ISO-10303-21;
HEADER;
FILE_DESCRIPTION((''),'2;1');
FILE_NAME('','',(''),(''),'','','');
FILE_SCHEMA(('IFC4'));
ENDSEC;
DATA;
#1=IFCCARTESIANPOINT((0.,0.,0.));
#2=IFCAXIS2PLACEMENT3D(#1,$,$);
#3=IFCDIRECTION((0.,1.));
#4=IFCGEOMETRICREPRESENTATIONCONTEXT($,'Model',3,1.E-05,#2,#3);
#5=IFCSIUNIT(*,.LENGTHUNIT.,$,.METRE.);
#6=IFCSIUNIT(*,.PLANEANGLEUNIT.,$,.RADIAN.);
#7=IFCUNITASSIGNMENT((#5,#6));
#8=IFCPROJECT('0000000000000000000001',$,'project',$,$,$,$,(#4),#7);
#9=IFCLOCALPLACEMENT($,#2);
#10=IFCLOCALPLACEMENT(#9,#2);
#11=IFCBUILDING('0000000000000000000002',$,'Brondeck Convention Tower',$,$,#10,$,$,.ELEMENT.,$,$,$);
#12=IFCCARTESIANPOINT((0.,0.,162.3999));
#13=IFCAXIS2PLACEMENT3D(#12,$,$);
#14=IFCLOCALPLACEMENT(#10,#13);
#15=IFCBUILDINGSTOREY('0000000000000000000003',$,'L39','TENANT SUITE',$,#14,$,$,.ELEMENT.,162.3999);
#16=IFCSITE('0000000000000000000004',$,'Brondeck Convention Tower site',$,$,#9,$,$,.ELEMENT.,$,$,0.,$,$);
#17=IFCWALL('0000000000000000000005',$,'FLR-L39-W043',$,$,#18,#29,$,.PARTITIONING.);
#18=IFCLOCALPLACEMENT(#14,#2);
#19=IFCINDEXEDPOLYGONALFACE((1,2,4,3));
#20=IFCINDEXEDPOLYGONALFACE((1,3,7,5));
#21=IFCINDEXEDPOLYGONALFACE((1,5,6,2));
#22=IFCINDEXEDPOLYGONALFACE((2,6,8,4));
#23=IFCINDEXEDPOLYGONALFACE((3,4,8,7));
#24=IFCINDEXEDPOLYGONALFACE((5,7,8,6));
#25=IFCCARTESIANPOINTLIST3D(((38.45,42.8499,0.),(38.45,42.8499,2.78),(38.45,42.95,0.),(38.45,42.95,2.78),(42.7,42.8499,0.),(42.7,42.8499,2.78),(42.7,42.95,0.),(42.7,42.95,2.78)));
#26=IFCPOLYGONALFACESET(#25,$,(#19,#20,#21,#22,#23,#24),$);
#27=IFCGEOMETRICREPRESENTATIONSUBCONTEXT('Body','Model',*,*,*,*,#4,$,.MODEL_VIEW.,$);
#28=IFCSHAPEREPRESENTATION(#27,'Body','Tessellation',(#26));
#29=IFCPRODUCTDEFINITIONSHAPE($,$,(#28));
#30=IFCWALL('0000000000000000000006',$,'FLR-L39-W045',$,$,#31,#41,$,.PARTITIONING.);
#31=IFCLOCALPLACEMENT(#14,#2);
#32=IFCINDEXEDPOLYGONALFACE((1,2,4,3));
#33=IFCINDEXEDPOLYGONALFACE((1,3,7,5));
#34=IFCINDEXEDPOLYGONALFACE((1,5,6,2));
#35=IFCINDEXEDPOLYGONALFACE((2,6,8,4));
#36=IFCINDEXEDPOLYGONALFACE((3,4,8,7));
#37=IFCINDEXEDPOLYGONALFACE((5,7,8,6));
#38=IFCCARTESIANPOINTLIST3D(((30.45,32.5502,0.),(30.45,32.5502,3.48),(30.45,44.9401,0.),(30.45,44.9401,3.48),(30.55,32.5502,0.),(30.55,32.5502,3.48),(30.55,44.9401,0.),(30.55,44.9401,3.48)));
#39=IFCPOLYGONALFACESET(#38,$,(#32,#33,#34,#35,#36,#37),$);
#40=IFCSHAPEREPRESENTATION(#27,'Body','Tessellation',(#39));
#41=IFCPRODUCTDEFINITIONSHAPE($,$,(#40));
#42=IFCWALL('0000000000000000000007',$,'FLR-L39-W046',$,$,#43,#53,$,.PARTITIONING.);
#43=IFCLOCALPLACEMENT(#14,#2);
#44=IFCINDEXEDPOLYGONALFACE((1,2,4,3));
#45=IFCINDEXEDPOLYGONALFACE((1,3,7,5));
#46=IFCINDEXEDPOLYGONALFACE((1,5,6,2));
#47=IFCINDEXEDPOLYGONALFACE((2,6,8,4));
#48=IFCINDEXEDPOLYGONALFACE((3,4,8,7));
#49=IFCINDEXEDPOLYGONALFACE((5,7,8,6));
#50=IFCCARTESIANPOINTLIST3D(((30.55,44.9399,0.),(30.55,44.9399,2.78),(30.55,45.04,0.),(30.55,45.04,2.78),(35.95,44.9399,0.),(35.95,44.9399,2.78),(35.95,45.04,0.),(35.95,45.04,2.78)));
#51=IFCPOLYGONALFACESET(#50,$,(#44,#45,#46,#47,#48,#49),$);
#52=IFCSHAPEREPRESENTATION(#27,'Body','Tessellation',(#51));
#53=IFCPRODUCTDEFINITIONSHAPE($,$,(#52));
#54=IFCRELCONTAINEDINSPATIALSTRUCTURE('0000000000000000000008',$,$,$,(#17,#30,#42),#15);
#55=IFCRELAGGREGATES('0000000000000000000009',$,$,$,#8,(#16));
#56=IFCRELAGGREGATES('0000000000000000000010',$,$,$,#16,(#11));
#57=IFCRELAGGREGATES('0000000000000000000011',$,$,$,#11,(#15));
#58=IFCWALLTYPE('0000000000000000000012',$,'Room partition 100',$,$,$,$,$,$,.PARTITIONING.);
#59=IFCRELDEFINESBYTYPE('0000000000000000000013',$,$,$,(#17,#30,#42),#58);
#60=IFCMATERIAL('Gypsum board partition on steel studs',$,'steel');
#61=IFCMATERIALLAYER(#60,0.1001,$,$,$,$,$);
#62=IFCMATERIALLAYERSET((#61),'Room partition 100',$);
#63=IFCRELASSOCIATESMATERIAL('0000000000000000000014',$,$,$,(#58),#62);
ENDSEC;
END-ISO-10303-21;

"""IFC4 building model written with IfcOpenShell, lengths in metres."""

from ifc_helpers import new_model, si_unit, direction, frame, frame_2d, origin, place, context, subcontext, project, spatial, rectangle, extrude, material, layer, layer_set, type_object, element, save


model = new_model("IFC4")

# Units and contexts
model_context = context("Model", 3, precision=1e-05, world=origin(), true_north=direction((0.0, 1.0)))
body_context = subcontext(model_context, "Body", "Model", "MODEL_VIEW")
ifc_project = project(units=[si_unit("LENGTHUNIT", "METRE"), si_unit("PLANEANGLEUNIT", "RADIAN")], contexts=[model_context])

# Site, building, storey
site_placement = place(None, origin())
site = spatial("IfcSite", under=ifc_project, at=site_placement, Name="Brondeck Convention Tower site", CompositionType="ELEMENT", RefElevation=0.0)
building_placement = place(site_placement, origin())
building = spatial("IfcBuilding", under=site, at=building_placement, Name="Brondeck Convention Tower", CompositionType="ELEMENT")
storey_placement = place(building_placement, frame((0.0, 0.0, 162.3999)))
storey = spatial("IfcBuildingStorey", under=building, at=storey_placement, Name="L39", Description="TENANT SUITE", CompositionType="ELEMENT", Elevation=162.3999)

# Shared definitions
ifc_material_1 = material(Name="Gypsum board partition on steel studs", Category="steel")
ifc_layer_1 = layer(ifc_material_1, 0.1001)
ifc_layer_set_1 = layer_set([ifc_layer_1], Name="Room partition 100")
wall_type_1 = type_object("IfcWallType", Name="Room partition 100", PredefinedType="PARTITIONING", material=ifc_layer_set_1)

# Walls
wall_1_placement = place(storey_placement, frame((38.45, 42.8999, 0.0), z_axis=(0.0, 0.0, 1.0), x_axis=(1.0, 0.0, 0.0)))
element("IfcWall", 1, at=wall_1_placement, inside=storey, type_object=wall_type_1, Name="FLR-L39-W043", PredefinedType="PARTITIONING", context=body_context, shape_type="SweptSolid", body=[
    extrude(rectangle(XDim=4.25, YDim=0.1001, at=frame_2d((2.125, 0.0))), origin(), (0.0, 0.0, 1.0), 2.78),
])
wall_2_placement = place(storey_placement, frame((30.5, 44.9399, 0.0), z_axis=(0.0, 0.0, 1.0), x_axis=(0.0, -1.0, 0.0)))
element("IfcWall", 2, at=wall_2_placement, inside=storey, type_object=wall_type_1, Name="FLR-L39-W045", PredefinedType="PARTITIONING", context=body_context, shape_type="SweptSolid", body=[
    extrude(rectangle(XDim=12.3899, YDim=0.1001, at=frame_2d((6.1948, 0.0))), origin(), (0.0, 0.0, 1.0), 3.48),
])
wall_3_placement = place(storey_placement, frame((30.55, 44.99, 0.0), z_axis=(0.0, 0.0, 1.0), x_axis=(1.0, 0.0, 0.0)))
element("IfcWall", 3, at=wall_3_placement, inside=storey, type_object=wall_type_1, Name="FLR-L39-W046", PredefinedType="PARTITIONING", context=body_context, shape_type="SweptSolid", body=[
    extrude(rectangle(XDim=5.3999, YDim=0.1001, at=frame_2d((2.7, 0.0))), origin(), (0.0, 0.0, 1.0), 2.78),
])

save(model, "model.ifc")
